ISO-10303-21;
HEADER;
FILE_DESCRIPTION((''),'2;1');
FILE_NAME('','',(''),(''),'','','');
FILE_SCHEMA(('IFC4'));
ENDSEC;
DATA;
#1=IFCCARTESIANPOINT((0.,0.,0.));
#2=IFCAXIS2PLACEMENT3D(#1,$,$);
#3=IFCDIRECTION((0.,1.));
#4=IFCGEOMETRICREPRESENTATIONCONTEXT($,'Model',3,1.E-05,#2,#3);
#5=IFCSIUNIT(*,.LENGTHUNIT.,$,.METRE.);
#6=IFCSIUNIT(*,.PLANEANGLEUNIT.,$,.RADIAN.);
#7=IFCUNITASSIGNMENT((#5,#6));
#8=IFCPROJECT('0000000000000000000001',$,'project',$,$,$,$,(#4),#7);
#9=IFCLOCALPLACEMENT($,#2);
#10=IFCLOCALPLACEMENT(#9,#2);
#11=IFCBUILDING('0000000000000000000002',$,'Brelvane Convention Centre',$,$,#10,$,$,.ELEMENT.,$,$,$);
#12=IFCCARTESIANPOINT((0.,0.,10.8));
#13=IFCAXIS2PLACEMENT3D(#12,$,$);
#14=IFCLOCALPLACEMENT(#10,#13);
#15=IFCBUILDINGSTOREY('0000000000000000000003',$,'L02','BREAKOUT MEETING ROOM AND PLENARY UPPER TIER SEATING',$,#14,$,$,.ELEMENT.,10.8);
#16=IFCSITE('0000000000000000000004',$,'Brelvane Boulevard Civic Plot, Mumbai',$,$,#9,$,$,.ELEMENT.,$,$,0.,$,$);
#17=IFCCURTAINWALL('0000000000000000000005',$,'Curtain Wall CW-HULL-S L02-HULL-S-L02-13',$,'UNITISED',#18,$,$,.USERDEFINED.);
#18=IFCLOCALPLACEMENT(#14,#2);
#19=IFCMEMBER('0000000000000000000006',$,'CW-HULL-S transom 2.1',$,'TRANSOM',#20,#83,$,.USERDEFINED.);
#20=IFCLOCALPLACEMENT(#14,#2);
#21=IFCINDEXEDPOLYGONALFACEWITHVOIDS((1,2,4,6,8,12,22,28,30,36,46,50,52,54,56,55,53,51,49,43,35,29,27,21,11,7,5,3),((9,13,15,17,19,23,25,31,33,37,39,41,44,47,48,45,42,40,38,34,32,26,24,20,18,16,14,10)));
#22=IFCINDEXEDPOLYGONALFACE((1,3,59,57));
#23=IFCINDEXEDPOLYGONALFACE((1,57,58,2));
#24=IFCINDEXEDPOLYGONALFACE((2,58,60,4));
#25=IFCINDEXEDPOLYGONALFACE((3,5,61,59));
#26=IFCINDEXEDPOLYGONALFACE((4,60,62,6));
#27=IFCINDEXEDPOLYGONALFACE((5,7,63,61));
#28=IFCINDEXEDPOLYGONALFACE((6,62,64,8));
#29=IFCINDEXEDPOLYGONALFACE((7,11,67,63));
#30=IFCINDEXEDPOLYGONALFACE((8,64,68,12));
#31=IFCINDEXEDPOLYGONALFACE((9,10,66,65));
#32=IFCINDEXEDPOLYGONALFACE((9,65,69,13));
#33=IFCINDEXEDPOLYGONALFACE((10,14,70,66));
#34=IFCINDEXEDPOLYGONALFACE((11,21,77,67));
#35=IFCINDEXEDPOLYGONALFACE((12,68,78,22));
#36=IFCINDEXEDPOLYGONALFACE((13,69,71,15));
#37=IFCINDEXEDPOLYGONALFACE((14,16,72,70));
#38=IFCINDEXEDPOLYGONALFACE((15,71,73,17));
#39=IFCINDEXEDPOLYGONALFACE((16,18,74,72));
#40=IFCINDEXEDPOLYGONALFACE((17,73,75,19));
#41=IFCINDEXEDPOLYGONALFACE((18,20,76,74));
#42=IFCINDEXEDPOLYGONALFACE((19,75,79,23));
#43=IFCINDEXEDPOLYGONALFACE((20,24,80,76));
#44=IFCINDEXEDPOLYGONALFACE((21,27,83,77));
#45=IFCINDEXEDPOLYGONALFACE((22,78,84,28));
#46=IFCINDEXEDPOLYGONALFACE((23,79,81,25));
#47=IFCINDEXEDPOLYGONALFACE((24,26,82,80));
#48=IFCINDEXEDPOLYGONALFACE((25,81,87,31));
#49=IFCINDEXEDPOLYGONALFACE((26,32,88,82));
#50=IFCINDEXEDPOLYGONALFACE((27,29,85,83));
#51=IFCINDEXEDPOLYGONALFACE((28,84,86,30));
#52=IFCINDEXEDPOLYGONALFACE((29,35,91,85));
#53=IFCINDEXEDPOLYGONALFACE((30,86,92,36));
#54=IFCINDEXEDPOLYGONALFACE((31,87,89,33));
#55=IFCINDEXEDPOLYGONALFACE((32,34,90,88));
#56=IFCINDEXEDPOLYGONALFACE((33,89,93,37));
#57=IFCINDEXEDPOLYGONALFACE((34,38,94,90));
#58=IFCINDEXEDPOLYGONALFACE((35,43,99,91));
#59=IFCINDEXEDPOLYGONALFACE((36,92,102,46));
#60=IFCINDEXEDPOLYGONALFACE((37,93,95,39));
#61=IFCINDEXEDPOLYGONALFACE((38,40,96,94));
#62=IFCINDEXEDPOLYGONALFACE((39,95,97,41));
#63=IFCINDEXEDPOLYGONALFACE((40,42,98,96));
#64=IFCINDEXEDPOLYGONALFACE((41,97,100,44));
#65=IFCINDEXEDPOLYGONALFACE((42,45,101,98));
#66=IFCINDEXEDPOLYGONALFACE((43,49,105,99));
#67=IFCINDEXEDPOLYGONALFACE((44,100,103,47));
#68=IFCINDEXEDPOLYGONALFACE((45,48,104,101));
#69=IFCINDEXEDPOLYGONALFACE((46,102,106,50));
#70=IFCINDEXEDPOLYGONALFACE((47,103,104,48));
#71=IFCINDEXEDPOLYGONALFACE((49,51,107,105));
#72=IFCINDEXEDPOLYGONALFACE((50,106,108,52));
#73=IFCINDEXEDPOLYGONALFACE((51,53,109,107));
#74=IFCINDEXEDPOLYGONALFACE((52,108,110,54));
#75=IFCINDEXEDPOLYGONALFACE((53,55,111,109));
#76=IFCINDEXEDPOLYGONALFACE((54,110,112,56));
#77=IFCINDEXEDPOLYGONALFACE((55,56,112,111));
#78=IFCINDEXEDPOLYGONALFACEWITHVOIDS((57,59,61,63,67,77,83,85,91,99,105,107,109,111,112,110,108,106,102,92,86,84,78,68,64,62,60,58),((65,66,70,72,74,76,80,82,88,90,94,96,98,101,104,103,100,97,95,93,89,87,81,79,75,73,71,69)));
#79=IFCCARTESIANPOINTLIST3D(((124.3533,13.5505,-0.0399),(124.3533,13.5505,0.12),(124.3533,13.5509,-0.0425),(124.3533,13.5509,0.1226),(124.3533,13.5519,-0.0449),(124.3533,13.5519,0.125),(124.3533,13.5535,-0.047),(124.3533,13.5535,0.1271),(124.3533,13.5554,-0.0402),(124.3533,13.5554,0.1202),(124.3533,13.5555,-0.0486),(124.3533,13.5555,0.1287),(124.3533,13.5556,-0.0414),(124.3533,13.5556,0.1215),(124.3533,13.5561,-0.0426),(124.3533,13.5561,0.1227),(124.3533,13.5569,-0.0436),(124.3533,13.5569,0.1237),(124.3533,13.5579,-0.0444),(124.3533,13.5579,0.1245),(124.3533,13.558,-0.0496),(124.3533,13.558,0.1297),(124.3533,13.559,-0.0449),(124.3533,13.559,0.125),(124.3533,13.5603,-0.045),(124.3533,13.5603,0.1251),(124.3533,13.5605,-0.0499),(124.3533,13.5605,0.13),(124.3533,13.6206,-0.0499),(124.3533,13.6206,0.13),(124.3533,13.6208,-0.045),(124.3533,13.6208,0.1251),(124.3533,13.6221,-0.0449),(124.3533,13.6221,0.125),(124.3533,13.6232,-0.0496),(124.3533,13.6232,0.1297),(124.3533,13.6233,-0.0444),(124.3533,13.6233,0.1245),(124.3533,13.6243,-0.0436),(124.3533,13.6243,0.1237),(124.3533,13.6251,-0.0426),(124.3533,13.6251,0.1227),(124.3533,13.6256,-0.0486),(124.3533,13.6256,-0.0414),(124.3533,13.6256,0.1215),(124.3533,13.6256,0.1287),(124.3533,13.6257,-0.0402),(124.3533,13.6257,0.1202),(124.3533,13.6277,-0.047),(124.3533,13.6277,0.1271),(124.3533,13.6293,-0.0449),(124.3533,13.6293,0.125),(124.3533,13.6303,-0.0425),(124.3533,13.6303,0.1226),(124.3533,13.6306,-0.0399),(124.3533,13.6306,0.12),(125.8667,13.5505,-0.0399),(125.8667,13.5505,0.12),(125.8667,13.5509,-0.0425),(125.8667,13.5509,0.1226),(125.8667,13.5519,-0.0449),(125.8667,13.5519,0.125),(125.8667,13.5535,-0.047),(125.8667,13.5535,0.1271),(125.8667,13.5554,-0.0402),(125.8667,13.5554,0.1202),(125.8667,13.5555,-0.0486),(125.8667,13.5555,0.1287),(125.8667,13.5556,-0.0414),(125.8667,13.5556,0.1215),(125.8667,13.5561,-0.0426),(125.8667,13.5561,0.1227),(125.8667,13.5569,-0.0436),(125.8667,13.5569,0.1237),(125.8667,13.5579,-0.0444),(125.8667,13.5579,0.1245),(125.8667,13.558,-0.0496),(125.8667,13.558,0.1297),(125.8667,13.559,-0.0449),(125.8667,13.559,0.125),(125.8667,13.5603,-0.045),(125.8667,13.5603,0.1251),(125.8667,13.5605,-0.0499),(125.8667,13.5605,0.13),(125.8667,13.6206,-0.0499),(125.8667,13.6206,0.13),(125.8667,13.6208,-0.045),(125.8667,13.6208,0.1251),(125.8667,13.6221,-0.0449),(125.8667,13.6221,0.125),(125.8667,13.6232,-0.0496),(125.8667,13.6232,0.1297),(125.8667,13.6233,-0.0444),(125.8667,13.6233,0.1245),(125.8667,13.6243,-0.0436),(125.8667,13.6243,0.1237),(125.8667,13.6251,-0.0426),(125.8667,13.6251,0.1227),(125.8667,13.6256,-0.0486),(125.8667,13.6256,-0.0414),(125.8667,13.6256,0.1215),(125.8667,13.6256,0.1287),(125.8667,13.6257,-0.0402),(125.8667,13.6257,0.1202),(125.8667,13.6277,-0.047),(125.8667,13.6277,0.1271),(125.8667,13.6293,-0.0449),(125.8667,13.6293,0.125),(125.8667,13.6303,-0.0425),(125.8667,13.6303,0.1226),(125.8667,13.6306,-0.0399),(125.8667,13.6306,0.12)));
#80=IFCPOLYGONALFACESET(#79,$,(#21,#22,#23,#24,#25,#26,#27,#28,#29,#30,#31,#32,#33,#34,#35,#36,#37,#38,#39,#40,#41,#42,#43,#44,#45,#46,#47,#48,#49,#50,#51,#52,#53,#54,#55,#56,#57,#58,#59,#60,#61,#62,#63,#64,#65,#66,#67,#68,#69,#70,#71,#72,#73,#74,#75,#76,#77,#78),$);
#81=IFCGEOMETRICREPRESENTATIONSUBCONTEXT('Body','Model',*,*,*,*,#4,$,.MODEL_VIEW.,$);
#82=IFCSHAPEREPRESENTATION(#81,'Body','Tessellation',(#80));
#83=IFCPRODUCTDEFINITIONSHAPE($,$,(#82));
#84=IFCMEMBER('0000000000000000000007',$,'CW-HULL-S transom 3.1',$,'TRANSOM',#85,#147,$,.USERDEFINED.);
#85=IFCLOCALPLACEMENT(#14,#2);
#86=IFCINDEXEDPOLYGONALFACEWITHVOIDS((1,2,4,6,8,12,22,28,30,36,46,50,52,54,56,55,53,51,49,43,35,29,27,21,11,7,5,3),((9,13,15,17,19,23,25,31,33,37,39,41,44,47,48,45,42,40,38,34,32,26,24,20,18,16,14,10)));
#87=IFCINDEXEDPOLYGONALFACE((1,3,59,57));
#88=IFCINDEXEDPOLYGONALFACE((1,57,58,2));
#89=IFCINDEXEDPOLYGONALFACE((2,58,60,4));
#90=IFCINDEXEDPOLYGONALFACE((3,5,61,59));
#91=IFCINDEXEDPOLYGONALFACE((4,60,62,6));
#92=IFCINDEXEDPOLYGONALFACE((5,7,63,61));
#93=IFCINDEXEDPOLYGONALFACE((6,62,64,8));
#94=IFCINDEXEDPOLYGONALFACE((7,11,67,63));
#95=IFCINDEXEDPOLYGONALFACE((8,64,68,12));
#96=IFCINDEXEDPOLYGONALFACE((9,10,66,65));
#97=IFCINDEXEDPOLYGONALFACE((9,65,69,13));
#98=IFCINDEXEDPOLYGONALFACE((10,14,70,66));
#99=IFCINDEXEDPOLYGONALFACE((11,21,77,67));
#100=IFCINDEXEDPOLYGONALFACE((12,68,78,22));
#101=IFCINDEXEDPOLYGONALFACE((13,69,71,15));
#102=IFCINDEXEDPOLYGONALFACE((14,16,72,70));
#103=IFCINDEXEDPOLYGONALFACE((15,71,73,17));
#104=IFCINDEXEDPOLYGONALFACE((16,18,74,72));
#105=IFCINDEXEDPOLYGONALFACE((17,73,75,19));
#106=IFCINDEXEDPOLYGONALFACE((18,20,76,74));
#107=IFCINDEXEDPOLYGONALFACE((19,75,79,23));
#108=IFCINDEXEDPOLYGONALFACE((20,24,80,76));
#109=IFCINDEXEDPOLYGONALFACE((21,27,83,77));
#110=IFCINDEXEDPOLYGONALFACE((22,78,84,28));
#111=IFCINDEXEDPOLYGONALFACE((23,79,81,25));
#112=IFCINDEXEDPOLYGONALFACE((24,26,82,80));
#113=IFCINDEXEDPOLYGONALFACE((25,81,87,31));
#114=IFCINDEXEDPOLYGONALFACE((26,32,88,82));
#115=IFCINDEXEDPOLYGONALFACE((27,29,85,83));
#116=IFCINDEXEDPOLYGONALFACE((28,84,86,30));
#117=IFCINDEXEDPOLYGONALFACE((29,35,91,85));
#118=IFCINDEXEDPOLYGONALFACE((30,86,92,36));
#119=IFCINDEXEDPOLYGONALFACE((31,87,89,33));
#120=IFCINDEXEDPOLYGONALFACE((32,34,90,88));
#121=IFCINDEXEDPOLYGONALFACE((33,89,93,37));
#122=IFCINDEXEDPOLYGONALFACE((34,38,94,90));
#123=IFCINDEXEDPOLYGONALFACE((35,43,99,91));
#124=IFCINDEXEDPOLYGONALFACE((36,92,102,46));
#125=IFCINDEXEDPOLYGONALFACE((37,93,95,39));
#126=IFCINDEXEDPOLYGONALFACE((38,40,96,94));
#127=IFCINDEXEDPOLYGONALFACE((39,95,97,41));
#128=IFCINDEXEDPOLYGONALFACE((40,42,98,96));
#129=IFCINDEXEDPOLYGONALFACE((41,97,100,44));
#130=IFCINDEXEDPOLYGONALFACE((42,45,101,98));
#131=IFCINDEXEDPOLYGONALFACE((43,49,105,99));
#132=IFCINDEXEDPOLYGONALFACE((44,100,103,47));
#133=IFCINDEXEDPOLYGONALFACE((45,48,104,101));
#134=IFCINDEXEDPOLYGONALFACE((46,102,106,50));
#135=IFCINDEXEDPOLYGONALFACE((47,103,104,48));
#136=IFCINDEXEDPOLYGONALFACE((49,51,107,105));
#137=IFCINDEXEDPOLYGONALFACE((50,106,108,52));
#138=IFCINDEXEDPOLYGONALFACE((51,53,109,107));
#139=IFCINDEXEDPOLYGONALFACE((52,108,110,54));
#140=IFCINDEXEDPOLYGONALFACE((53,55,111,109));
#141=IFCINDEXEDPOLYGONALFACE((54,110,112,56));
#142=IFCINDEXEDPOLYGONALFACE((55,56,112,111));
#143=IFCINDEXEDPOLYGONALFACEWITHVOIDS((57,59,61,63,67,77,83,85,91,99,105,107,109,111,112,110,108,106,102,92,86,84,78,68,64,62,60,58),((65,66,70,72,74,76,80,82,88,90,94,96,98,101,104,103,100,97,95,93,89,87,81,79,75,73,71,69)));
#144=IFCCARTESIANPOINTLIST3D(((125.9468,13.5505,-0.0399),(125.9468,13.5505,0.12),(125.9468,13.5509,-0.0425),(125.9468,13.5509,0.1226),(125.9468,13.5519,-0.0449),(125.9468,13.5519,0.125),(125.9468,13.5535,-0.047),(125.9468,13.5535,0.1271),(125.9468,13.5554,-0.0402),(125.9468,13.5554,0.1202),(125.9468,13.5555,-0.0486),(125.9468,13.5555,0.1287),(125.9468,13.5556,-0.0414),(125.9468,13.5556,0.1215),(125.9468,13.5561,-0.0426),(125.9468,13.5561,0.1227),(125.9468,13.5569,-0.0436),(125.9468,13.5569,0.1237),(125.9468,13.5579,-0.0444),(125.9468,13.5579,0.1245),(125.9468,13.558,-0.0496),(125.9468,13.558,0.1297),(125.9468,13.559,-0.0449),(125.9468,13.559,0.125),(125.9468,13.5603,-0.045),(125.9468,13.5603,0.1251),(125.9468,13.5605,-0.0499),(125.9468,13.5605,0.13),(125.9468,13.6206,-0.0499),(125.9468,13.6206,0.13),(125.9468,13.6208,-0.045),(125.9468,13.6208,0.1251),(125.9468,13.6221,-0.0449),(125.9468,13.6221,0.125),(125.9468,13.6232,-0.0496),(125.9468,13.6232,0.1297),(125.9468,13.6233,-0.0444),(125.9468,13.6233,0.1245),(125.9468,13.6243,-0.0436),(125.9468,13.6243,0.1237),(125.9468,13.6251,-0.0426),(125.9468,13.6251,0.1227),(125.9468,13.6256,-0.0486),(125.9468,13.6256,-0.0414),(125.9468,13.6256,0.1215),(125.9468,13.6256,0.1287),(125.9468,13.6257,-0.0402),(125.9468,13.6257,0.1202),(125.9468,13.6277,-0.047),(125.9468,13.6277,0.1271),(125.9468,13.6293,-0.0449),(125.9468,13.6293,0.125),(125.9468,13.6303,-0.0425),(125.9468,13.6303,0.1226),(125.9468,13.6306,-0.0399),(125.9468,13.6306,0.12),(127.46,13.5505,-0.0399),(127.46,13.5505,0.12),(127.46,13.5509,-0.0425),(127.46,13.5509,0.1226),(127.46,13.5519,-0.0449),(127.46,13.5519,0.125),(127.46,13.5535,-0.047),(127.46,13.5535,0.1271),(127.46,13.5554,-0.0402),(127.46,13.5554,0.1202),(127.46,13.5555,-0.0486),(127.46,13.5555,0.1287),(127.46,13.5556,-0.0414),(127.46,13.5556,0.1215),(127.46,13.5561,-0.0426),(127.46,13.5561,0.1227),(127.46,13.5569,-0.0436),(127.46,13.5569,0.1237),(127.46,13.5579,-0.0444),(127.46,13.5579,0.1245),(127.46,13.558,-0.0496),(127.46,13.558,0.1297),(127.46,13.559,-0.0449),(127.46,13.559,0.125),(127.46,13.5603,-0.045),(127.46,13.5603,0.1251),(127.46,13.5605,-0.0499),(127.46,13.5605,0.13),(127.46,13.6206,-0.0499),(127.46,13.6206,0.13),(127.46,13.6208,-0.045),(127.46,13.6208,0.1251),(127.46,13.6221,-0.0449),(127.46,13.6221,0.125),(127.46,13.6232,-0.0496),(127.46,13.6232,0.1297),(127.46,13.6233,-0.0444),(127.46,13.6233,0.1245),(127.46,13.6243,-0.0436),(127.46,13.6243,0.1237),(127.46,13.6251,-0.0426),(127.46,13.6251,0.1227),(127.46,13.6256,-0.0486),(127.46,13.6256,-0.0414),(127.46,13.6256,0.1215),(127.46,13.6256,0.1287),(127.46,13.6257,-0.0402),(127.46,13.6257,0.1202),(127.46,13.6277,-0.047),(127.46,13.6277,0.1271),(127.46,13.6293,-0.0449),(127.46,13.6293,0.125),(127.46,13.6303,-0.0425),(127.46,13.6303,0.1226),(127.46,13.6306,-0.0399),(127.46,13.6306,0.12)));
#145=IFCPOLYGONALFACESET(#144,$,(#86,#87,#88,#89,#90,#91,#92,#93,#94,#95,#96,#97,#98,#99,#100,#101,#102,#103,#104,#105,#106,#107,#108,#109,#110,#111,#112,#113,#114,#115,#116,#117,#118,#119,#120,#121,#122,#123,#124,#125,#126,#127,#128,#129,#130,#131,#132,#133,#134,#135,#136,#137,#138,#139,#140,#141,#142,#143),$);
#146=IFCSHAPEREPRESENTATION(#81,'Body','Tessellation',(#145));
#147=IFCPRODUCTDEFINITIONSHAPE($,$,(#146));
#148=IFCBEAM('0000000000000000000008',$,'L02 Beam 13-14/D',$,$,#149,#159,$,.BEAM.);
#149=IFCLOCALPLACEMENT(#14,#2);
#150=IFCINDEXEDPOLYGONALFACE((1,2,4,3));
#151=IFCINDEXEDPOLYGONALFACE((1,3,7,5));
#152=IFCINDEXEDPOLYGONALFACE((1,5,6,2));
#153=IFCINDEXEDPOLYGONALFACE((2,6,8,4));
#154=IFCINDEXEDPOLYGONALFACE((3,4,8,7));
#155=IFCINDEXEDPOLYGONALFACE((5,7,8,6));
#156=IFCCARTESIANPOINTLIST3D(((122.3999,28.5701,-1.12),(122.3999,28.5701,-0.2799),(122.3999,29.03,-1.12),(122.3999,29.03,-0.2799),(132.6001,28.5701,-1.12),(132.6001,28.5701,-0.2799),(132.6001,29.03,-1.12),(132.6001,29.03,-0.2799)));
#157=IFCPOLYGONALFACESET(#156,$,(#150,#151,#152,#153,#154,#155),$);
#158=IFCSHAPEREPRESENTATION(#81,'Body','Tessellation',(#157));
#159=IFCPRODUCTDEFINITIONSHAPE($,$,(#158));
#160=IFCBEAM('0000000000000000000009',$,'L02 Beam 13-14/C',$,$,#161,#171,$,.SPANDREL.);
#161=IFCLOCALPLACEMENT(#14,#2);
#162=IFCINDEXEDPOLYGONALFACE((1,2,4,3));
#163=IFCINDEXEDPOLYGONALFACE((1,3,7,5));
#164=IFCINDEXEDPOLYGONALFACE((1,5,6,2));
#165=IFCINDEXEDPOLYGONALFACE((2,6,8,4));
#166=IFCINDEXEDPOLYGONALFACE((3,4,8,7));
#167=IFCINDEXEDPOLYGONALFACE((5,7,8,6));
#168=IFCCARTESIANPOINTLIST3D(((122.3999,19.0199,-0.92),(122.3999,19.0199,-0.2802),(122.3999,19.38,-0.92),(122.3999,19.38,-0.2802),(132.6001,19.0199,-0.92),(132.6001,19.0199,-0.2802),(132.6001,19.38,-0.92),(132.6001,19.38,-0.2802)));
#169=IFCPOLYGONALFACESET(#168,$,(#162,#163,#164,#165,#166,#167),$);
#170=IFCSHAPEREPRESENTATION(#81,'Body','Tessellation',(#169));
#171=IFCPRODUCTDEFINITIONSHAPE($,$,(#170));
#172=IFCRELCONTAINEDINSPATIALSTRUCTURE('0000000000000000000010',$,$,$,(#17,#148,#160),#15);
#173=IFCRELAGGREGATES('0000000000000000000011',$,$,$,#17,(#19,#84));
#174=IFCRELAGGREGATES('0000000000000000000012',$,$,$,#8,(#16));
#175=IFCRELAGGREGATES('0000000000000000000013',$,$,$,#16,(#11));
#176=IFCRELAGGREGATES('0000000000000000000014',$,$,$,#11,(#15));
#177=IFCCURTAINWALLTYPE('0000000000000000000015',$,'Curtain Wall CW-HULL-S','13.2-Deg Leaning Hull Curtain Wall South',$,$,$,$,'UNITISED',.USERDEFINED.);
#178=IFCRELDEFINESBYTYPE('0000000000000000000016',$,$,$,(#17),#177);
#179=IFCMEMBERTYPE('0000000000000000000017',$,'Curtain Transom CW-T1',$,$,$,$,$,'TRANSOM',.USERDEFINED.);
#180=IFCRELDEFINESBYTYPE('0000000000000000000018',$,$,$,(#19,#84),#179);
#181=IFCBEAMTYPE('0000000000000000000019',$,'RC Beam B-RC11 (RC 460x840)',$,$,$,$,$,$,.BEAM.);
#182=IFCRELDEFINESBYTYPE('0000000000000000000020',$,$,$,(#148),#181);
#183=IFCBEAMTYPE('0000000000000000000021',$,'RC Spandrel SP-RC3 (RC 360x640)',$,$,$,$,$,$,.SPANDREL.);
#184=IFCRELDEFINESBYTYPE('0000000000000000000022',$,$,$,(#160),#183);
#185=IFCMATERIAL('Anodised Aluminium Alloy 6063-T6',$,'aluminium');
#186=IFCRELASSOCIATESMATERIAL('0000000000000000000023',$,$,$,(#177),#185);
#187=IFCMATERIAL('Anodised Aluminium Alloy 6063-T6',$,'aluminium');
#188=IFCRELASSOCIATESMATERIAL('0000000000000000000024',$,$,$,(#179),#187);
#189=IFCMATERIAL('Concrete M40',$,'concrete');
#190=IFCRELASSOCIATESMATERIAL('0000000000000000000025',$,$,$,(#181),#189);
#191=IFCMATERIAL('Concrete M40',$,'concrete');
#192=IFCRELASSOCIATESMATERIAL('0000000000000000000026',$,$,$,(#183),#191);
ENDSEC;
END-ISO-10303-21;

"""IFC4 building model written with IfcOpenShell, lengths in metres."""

from ifc_helpers import new_model, si_unit, direction, frame, origin, origin_2d, place, context, subcontext, project, spatial, rectangle, hollow_rectangle, extrude, material, material_profile, profile_set, type_object, element, aggregate, save


model = new_model("IFC4")

# Units and contexts
model_context = context("Model", 3, precision=1e-05, world=origin(), true_north=direction((0.0, 1.0)))
body_context = subcontext(model_context, "Body", "Model", "MODEL_VIEW")
ifc_project = project(units=[si_unit("LENGTHUNIT", "METRE"), si_unit("PLANEANGLEUNIT", "RADIAN")], contexts=[model_context])

# Site, building, storey
site_placement = place(None, origin())
site = spatial("IfcSite", under=ifc_project, at=site_placement, Name="Brelvane Boulevard Civic Plot, Mumbai", CompositionType="ELEMENT", RefElevation=0.0)
building_placement = place(site_placement, origin())
building = spatial("IfcBuilding", under=site, at=building_placement, Name="Brelvane Convention Centre", CompositionType="ELEMENT")
storey_placement = place(building_placement, frame((0.0, 0.0, 10.8)))
storey = spatial("IfcBuildingStorey", under=building, at=storey_placement, Name="L02", Description="BREAKOUT MEETING ROOM AND PLENARY UPPER TIER SEATING", CompositionType="ELEMENT", Elevation=10.8)

# Curtain wall
ifc_material_1 = material(Name="Anodised Aluminium Alloy 6063-T6", Category="aluminium")
curtain_wall_type = type_object("IfcCurtainWallType", Name="Curtain Wall CW-HULL-S", Description="13.2-Deg Leaning Hull Curtain Wall South", ElementType="UNITISED", PredefinedType="USERDEFINED", material=ifc_material_1)
curtain_wall_1_placement = place(storey_placement, origin())
curtain_wall_1 = element("IfcCurtainWall", 1, at=curtain_wall_1_placement, inside=storey, type_object=curtain_wall_type, Name="Curtain Wall CW-HULL-S L02-HULL-S-L02-13", ObjectType="UNITISED", PredefinedType="USERDEFINED")

# Members
ifc_material_2 = material(Name="Anodised Aluminium Alloy 6063-T6", Category="aluminium")
ifc_material_profile_1 = material_profile(ifc_material_2, hollow_rectangle(XDim=0.0801, YDim=0.1799, WallThickness=0.0049, InnerFilletRadius=0.0049, OuterFilletRadius=0.01, at=origin_2d()), Name="ALU-T 180x80x5.0")
ifc_profile_set_1 = profile_set([ifc_material_profile_1], Name="Anodised Aluminium Alloy 6063-T6")
member_type_1 = type_object("IfcMemberType", Name="Curtain Transom CW-T1", ElementType="TRANSOM", PredefinedType="USERDEFINED", material=ifc_profile_set_1)
member_1_placement = place(storey_placement, frame((124.3533, 13.5906, 0.04), z_axis=(1.0, 0.0, 0.0), x_axis=(0.0, 1.0, 0.0)))
member_1 = element("IfcMember", 2, at=member_1_placement, type_object=member_type_1, Name="CW-HULL-S transom 2.1", ObjectType="TRANSOM", PredefinedType="USERDEFINED", context=body_context, shape_type="SweptSolid", body=[
    extrude(hollow_rectangle(XDim=0.0801, YDim=0.1799, WallThickness=0.0049, InnerFilletRadius=0.0049, OuterFilletRadius=0.01, at=origin_2d()), origin(), (0.0, 0.0, 1.0), 1.5134),
])
member_2_placement = place(storey_placement, frame((125.9468, 13.5906, 0.04), z_axis=(1.0, 0.0, 0.0), x_axis=(0.0, 1.0, 0.0)))
member_2 = element("IfcMember", 3, at=member_2_placement, type_object=member_type_1, Name="CW-HULL-S transom 3.1", ObjectType="TRANSOM", PredefinedType="USERDEFINED", context=body_context, shape_type="SweptSolid", body=[
    extrude(hollow_rectangle(XDim=0.0801, YDim=0.1799, WallThickness=0.0049, InnerFilletRadius=0.0049, OuterFilletRadius=0.01, at=origin_2d()), origin(), (0.0, 0.0, 1.0), 1.5132),
])

# Beams
ifc_material_3 = material(Name="Concrete M40", Category="concrete")
ifc_material_profile_2 = material_profile(ifc_material_3, rectangle(XDim=0.46, YDim=0.8401, at=origin_2d()), Name="RC 460x840")
ifc_profile_set_2 = profile_set([ifc_material_profile_2], Name="Concrete M40")
beam_type_1 = type_object("IfcBeamType", Name="RC Beam B-RC11 (RC 460x840)", PredefinedType="BEAM", material=ifc_profile_set_2)
beam_1_placement = place(storey_placement, frame((122.3999, 28.8, -0.7), z_axis=(1.0, 0.0, 0.0), x_axis=(0.0, 1.0, 0.0)))
element("IfcBeam", 4, at=beam_1_placement, inside=storey, type_object=beam_type_1, Name="L02 Beam 13-14/D", PredefinedType="BEAM", context=body_context, shape_type="SweptSolid", body=[
    extrude(rectangle(XDim=0.46, YDim=0.8401, at=origin_2d()), origin(), (0.0, 0.0, 1.0), 10.2002),
])
ifc_material_4 = material(Name="Concrete M40", Category="concrete")
ifc_material_profile_3 = material_profile(ifc_material_4, rectangle(XDim=0.3601, YDim=0.6399, at=origin_2d()), Name="RC 360x640")
ifc_profile_set_3 = profile_set([ifc_material_profile_3], Name="Concrete M40")
beam_type_2 = type_object("IfcBeamType", Name="RC Spandrel SP-RC3 (RC 360x640)", PredefinedType="SPANDREL", material=ifc_profile_set_3)
beam_2_placement = place(storey_placement, frame((122.3999, 19.2, -0.6001), z_axis=(1.0, 0.0, 0.0), x_axis=(0.0, 1.0, 0.0)))
element("IfcBeam", 5, at=beam_2_placement, inside=storey, type_object=beam_type_2, Name="L02 Beam 13-14/C", PredefinedType="SPANDREL", context=body_context, shape_type="SweptSolid", body=[
    extrude(rectangle(XDim=0.3601, YDim=0.6399, at=origin_2d()), origin(), (0.0, 0.0, 1.0), 10.2002),
])

aggregate(curtain_wall_1, [member_1, member_2])

save(model, "model.ifc")
